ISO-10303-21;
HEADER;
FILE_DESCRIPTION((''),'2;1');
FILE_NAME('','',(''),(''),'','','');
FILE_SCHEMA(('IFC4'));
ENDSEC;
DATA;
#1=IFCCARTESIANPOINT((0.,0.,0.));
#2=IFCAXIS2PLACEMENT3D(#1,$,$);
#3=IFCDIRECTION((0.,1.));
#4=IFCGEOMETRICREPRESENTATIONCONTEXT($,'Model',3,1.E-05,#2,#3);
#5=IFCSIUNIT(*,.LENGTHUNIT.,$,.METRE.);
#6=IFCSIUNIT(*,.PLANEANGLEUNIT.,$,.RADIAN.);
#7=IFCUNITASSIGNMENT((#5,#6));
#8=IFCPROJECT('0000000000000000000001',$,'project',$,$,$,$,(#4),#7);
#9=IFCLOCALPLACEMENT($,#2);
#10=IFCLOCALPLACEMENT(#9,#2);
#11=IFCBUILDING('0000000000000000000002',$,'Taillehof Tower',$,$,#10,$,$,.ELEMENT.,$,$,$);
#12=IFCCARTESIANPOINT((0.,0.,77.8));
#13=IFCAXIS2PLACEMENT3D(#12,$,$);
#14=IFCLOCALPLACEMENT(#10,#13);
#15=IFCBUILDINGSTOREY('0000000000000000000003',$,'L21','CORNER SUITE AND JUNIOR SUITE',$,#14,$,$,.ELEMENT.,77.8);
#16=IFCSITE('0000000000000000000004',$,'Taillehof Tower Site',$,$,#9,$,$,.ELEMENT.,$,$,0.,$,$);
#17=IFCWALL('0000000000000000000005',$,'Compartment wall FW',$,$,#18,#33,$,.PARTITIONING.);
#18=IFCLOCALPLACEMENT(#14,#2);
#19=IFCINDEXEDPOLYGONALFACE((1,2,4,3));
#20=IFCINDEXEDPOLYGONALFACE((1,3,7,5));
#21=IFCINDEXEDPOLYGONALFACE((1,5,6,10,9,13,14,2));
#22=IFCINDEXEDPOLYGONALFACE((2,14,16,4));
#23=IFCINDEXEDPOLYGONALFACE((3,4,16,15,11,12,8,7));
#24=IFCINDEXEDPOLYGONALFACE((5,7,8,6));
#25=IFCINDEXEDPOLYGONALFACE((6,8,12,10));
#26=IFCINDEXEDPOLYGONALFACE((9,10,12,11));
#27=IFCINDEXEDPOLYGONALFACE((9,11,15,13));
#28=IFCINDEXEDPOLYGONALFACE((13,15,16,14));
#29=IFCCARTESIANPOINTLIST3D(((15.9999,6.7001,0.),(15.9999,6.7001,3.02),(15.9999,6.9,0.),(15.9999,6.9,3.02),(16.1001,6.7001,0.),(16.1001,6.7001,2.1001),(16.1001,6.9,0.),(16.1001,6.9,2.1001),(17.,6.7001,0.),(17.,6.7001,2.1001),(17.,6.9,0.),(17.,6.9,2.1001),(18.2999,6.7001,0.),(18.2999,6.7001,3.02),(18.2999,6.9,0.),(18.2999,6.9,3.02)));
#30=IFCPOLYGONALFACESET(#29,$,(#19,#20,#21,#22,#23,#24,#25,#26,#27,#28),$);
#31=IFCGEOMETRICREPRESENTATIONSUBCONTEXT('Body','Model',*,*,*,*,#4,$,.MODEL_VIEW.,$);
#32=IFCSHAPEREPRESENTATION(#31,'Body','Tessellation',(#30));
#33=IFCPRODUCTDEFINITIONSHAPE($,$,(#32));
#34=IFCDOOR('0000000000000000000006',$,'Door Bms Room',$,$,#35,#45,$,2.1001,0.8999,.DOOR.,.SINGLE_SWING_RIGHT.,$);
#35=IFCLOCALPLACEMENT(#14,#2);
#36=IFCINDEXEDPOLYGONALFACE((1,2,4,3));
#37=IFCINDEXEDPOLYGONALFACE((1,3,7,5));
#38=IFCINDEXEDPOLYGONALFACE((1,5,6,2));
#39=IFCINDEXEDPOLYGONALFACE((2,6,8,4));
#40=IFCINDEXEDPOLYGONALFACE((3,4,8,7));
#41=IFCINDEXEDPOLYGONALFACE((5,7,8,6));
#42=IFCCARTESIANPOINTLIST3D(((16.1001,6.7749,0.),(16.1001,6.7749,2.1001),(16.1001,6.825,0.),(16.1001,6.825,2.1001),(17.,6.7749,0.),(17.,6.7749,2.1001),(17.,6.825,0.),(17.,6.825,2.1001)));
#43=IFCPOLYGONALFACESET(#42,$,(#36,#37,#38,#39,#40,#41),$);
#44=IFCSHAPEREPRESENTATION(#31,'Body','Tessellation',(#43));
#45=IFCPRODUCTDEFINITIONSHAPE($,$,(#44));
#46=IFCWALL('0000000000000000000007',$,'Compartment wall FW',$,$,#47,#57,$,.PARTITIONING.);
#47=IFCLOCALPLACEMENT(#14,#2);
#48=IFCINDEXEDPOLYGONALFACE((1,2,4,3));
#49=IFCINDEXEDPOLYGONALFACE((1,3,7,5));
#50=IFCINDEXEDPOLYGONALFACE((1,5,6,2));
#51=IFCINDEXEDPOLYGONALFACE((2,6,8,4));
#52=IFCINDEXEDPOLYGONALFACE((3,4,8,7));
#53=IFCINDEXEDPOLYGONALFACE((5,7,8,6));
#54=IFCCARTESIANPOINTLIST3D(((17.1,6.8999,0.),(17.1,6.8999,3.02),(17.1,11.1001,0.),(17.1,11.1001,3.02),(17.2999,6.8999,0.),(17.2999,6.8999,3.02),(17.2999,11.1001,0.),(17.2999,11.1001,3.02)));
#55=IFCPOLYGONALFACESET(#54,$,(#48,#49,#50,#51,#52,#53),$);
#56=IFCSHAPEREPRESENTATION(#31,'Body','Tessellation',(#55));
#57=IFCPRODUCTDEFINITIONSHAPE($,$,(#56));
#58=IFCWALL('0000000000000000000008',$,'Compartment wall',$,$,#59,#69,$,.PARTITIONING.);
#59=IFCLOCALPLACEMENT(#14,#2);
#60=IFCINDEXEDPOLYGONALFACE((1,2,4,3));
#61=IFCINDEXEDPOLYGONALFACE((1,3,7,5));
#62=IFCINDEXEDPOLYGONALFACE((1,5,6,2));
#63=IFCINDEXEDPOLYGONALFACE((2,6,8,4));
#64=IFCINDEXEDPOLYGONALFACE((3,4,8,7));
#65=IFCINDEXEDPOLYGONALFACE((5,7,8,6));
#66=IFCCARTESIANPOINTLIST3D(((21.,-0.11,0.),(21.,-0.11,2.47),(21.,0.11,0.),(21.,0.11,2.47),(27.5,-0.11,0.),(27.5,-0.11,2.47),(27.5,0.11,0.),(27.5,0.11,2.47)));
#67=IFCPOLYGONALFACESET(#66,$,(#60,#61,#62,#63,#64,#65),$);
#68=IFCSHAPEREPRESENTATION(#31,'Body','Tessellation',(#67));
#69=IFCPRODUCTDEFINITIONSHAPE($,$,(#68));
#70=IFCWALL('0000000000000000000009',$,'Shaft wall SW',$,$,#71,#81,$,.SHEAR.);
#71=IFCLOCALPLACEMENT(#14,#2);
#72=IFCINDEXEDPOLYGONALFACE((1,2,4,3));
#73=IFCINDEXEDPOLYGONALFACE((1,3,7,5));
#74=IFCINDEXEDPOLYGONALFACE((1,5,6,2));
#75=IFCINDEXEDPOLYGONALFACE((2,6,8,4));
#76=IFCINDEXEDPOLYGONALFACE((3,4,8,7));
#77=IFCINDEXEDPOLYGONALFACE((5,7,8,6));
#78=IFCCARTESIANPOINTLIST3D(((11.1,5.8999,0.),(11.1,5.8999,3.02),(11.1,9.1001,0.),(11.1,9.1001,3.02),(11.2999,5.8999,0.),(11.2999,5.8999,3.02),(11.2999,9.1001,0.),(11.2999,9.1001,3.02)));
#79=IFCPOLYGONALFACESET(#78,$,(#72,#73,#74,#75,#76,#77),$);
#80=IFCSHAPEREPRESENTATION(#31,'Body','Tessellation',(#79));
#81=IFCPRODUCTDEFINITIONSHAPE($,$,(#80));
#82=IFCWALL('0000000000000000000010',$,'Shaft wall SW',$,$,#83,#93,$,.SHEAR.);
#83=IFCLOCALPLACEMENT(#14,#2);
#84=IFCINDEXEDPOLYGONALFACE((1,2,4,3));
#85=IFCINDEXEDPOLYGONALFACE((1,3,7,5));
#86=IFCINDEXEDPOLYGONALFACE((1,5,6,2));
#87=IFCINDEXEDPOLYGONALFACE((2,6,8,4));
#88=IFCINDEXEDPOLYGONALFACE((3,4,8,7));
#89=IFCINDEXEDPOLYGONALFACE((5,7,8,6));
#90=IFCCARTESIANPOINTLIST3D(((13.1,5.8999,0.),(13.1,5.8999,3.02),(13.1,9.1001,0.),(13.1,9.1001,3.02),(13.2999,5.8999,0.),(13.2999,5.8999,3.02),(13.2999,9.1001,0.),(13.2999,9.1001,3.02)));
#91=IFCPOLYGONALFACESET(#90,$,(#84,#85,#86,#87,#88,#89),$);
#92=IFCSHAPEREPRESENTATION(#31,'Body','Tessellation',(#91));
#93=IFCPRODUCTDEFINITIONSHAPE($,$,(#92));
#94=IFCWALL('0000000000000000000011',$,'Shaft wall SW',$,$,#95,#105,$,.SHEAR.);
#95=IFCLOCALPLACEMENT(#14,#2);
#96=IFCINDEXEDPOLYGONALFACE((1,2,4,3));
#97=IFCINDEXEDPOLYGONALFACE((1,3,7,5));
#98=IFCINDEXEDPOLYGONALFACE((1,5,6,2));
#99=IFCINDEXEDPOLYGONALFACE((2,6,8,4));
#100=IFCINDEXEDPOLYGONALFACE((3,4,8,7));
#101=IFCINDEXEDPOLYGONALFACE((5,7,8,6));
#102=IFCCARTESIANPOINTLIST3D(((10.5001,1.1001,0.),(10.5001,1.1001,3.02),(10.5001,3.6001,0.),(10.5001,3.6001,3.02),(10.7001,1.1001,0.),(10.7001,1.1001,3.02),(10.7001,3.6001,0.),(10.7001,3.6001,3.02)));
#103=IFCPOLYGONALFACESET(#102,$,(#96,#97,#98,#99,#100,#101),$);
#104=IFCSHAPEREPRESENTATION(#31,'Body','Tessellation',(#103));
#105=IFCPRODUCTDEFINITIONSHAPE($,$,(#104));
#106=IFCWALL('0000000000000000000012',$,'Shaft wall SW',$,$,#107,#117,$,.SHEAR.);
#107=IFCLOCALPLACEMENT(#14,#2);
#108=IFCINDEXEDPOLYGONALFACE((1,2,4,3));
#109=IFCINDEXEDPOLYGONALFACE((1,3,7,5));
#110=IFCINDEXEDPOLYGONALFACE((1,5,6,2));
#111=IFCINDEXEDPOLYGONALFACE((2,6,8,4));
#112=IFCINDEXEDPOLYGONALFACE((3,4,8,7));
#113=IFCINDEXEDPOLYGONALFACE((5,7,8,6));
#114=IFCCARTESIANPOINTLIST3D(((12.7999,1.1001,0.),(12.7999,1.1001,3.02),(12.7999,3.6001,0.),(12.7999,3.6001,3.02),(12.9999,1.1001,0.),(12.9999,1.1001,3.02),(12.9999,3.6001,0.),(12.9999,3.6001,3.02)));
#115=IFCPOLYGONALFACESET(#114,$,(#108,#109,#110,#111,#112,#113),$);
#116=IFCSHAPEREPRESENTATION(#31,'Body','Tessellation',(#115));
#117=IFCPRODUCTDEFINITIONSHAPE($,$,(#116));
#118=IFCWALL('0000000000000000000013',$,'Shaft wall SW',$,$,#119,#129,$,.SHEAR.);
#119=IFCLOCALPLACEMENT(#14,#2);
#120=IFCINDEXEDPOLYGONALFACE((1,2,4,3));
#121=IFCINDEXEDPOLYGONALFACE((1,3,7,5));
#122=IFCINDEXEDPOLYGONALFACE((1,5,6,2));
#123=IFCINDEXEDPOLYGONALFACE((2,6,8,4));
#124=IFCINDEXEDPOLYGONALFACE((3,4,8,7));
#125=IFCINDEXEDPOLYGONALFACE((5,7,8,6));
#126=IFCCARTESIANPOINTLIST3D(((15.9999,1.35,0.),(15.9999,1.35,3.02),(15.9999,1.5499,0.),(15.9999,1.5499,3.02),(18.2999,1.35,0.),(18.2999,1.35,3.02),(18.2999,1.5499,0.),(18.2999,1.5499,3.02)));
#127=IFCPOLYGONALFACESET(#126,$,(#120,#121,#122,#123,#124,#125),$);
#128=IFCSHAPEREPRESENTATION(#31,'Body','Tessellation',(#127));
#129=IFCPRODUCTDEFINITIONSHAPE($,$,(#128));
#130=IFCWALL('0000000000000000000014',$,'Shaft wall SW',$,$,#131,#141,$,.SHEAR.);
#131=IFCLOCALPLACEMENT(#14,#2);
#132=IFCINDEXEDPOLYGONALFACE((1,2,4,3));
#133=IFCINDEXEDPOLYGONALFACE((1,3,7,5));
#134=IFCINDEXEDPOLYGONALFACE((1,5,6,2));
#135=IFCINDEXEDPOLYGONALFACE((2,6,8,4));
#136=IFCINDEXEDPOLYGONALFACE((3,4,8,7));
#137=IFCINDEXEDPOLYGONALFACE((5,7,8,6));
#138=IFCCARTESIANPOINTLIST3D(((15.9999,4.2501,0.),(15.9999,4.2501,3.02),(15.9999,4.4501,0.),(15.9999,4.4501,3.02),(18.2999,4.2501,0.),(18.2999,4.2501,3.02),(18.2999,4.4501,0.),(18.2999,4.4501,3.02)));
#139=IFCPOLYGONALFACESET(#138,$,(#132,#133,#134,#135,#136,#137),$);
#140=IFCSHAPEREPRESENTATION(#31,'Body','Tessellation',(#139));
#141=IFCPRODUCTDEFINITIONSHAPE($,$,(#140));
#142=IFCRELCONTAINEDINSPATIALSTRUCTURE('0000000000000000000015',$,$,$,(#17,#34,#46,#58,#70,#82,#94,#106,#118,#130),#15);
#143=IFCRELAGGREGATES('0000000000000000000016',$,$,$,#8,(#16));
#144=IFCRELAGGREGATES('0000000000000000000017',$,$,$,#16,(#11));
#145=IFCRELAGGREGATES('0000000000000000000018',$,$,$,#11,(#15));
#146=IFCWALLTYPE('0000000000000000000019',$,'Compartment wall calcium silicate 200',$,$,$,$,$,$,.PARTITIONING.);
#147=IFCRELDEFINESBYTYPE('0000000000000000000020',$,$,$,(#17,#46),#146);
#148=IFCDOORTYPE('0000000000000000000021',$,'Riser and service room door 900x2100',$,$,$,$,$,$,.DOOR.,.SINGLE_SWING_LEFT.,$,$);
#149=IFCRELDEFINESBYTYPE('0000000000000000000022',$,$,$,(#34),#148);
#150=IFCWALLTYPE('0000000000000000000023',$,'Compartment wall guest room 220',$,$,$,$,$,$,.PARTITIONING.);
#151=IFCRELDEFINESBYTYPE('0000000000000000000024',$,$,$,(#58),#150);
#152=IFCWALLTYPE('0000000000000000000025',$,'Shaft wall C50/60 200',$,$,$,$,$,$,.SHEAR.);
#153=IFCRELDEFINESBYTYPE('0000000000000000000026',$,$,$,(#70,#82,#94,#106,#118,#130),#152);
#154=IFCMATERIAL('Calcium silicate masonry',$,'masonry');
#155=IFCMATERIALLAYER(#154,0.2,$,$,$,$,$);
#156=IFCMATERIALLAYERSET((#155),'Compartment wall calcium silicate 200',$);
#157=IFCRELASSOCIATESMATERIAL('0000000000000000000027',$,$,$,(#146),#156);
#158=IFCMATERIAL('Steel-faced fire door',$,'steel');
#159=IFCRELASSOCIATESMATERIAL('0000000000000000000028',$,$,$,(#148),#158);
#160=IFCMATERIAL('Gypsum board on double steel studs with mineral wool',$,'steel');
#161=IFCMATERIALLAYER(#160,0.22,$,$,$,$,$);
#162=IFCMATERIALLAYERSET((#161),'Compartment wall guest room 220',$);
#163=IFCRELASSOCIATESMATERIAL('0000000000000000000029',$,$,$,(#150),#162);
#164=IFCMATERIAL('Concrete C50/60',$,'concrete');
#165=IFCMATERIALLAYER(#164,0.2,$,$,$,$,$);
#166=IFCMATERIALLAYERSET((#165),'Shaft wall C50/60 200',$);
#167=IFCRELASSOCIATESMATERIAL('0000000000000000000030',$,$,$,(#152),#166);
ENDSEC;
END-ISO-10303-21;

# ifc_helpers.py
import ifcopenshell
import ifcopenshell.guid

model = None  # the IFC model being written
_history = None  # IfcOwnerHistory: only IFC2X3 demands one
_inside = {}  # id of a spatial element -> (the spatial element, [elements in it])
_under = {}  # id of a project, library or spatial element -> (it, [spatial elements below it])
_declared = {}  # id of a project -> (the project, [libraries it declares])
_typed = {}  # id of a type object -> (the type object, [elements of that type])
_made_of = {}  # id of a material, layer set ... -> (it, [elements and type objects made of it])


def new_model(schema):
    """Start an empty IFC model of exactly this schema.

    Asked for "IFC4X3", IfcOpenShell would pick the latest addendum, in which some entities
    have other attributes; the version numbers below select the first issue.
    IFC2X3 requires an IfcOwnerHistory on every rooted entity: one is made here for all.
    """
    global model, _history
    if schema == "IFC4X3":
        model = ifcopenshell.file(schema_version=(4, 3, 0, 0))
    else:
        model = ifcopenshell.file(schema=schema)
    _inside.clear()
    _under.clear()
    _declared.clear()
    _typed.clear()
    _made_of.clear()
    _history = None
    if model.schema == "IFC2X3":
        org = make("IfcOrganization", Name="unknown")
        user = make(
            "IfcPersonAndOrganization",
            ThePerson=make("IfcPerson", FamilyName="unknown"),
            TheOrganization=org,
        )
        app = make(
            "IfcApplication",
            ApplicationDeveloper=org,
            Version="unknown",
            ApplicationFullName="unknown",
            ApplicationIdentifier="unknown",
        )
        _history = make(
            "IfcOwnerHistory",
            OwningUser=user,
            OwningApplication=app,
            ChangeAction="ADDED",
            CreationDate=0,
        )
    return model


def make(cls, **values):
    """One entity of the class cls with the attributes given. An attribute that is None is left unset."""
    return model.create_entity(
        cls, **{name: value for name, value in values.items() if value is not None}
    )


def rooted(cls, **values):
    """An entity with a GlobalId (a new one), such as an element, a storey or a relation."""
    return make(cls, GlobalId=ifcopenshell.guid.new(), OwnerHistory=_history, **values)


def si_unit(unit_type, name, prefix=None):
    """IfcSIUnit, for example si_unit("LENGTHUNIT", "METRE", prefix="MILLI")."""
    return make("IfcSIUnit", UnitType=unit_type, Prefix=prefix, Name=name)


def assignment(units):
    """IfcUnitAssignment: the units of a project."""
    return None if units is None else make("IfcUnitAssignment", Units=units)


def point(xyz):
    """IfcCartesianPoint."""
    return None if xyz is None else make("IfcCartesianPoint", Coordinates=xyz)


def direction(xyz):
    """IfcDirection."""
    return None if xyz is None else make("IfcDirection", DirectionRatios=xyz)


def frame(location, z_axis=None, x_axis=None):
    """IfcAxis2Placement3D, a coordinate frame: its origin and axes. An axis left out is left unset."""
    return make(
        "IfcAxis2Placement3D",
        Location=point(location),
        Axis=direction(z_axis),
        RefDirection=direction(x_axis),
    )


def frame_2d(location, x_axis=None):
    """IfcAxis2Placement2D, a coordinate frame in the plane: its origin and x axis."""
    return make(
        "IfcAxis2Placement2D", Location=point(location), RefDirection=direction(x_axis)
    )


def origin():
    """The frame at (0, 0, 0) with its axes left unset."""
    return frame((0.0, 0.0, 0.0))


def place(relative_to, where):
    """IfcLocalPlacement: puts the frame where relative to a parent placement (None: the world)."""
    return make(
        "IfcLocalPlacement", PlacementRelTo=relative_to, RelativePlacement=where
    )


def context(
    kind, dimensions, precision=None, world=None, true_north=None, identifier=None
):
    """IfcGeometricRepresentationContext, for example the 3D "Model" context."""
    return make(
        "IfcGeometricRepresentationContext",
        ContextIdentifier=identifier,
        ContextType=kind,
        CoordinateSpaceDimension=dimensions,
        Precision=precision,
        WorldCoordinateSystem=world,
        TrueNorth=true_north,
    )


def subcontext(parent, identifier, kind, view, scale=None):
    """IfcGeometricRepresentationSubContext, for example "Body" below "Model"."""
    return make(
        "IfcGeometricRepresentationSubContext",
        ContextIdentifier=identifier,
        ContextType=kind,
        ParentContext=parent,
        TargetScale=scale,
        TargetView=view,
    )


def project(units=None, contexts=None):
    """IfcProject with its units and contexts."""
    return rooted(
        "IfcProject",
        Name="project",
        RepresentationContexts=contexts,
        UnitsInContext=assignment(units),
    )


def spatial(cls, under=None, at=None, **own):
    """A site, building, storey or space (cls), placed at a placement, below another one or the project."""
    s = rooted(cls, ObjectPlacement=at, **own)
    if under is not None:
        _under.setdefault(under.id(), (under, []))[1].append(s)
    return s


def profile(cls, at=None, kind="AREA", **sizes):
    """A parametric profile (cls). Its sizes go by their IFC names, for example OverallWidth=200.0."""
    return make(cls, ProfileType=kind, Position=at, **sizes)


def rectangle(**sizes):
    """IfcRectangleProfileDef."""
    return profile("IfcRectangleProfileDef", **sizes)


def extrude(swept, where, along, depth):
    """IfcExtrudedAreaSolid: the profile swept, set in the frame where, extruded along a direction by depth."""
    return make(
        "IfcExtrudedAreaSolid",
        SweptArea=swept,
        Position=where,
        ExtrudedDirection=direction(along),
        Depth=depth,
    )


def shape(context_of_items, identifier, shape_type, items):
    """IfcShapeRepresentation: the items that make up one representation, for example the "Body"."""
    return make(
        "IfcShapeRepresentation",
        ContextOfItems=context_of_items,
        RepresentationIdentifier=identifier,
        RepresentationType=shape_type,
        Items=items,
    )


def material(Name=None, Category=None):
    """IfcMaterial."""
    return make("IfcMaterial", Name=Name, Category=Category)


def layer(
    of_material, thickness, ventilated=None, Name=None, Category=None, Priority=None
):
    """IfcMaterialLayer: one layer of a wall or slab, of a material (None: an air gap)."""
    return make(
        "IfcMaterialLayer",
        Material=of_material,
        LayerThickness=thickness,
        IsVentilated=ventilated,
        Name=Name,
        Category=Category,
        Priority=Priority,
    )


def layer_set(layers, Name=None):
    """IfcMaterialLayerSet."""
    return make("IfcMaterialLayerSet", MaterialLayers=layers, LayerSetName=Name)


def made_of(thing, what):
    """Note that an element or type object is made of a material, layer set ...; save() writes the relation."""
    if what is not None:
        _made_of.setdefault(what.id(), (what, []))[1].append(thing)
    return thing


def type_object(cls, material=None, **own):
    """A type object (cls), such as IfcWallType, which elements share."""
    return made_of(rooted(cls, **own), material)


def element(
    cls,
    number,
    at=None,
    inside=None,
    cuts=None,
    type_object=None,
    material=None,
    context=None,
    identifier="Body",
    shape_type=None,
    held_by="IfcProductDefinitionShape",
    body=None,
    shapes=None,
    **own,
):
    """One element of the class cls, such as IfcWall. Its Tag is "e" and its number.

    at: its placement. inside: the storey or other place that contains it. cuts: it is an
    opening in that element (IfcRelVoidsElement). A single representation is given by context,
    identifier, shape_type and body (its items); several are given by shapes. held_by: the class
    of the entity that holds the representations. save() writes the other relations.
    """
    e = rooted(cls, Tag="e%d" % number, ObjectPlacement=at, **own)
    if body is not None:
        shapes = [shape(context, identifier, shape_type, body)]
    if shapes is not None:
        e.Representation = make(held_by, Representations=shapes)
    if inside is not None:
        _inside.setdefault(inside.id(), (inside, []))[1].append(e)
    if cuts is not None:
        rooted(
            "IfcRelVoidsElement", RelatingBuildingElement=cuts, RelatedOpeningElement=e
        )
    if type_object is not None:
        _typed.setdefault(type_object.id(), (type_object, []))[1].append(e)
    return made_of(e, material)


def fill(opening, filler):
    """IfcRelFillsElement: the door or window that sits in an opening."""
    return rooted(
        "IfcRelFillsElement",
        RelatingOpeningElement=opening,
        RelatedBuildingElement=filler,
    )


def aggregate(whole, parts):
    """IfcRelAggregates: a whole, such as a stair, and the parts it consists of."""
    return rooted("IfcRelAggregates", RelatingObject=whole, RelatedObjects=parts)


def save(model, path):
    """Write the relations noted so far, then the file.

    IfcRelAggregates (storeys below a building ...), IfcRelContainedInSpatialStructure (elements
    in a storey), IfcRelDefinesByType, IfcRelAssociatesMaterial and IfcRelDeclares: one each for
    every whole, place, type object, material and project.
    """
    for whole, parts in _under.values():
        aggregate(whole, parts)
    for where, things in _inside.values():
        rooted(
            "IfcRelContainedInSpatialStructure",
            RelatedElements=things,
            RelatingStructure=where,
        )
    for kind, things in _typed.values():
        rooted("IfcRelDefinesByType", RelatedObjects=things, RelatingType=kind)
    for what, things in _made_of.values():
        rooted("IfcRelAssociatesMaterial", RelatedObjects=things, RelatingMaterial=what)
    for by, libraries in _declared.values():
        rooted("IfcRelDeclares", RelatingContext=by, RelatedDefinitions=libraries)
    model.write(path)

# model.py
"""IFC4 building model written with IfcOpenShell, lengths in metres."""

from ifc_helpers import new_model, si_unit, direction, frame, frame_2d, origin, place, context, subcontext, project, spatial, rectangle, extrude, material, layer, layer_set, type_object, element, fill, save


model = new_model("IFC4")

# Units and contexts
model_context = context("Model", 3, precision=1e-05, world=origin(), true_north=direction((0.0, 1.0)))
body_context = subcontext(model_context, "Body", "Model", "MODEL_VIEW")
ifc_project = project(units=[si_unit("LENGTHUNIT", "METRE"), si_unit("PLANEANGLEUNIT", "RADIAN")], contexts=[model_context])

# Site, building, storey
site_placement = place(None, origin())
site = spatial("IfcSite", under=ifc_project, at=site_placement, Name="Taillehof Tower Site", CompositionType="ELEMENT", RefElevation=0.0)
building_placement = place(site_placement, origin())
building = spatial("IfcBuilding", under=site, at=building_placement, Name="Taillehof Tower", CompositionType="ELEMENT")
storey_placement = place(building_placement, frame((0.0, 0.0, 77.8)))
storey = spatial("IfcBuildingStorey", under=building, at=storey_placement, Name="L21", Description="CORNER SUITE AND JUNIOR SUITE", CompositionType="ELEMENT", Elevation=77.8)

# Wall, opening, door
ifc_material_1 = material(Name="Calcium silicate masonry", Category="masonry")
ifc_layer_1 = layer(ifc_material_1, 0.2)
ifc_layer_set_1 = layer_set([ifc_layer_1], Name="Compartment wall calcium silicate 200")
wall_type_1 = type_object("IfcWallType", Name="Compartment wall calcium silicate 200", PredefinedType="PARTITIONING", material=ifc_layer_set_1)
wall_1_placement = place(storey_placement, frame((16.0, 6.8, 0.0), z_axis=(0.0, 0.0, 1.0), x_axis=(1.0, 0.0, 0.0)))
wall_1 = element("IfcWall", 1, at=wall_1_placement, inside=storey, type_object=wall_type_1, Name="Compartment wall FW", PredefinedType="PARTITIONING", context=body_context, shape_type="SweptSolid", body=[
    extrude(rectangle(XDim=2.3, YDim=0.2, at=frame_2d((1.1499, 0.0))), origin(), (0.0, 0.0, 1.0), 3.02),
])
opening_1_placement = place(wall_1_placement, frame((0.1001, 0.0, 0.0)))
opening_1 = element("IfcOpeningElement", 2, at=opening_1_placement, cuts=wall_1, PredefinedType="OPENING", context=body_context, shape_type="SweptSolid", body=[
    extrude(rectangle(XDim=0.8999, YDim=2.1001, at=frame_2d((0.45, 1.05))), frame((0.0, 0.1099, 0.0), z_axis=(0.0, -1.0, 0.0), x_axis=(1.0, 0.0, 0.0)), (0.0, 0.0, 1.0), 0.22),
])
ifc_material_2 = material(Name="Steel-faced fire door", Category="steel")
door_type = type_object("IfcDoorType", Name="Riser and service room door 900x2100", OperationType="SINGLE_SWING_LEFT", PredefinedType="DOOR", material=ifc_material_2)
door_placement = place(opening_1_placement, origin())
door = element("IfcDoor", 3, at=door_placement, inside=storey, type_object=door_type, Name="Door Bms Room", OperationType="SINGLE_SWING_RIGHT", OverallHeight=2.1001, OverallWidth=0.8999, PredefinedType="DOOR", context=body_context, shape_type="SweptSolid", body=[
    extrude(rectangle(XDim=0.8999, YDim=2.1001, at=frame_2d((0.45, 1.05))), frame((0.0, 0.0249, 0.0), z_axis=(0.0, -1.0, 0.0), x_axis=(1.0, 0.0, 0.0)), (0.0, 0.0, 1.0), 0.05),
])
fill(opening_1, door)

# Walls
wall_2_placement = place(storey_placement, frame((17.2, 6.8999, 0.0), z_axis=(0.0, 0.0, 1.0), x_axis=(0.0, 1.0, 0.0)))
element("IfcWall", 4, at=wall_2_placement, inside=storey, type_object=wall_type_1, Name="Compartment wall FW", PredefinedType="PARTITIONING", context=body_context, shape_type="SweptSolid", body=[
    extrude(rectangle(XDim=4.2002, YDim=0.2, at=frame_2d((2.1001, 0.0))), origin(), (0.0, 0.0, 1.0), 3.02),
])
ifc_material_3 = material(Name="Gypsum board on double steel studs with mineral wool", Category="steel")
ifc_layer_2 = layer(ifc_material_3, 0.22)
ifc_layer_set_2 = layer_set([ifc_layer_2], Name="Compartment wall guest room 220")
wall_type_2 = type_object("IfcWallType", Name="Compartment wall guest room 220", PredefinedType="PARTITIONING", material=ifc_layer_set_2)
wall_3_placement = place(storey_placement, frame((27.5, 0.0, 0.0), z_axis=(0.0, 0.0, 1.0), x_axis=(-1.0, 0.0, 0.0)))
element("IfcWall", 5, at=wall_3_placement, inside=storey, type_object=wall_type_2, Name="Compartment wall", PredefinedType="PARTITIONING", context=body_context, shape_type="SweptSolid", body=[
    extrude(rectangle(XDim=6.5, YDim=0.22, at=frame_2d((3.25, 0.0))), origin(), (0.0, 0.0, 1.0), 2.47),
])
ifc_material_4 = material(Name="Concrete C50/60", Category="concrete")
ifc_layer_3 = layer(ifc_material_4, 0.2)
ifc_layer_set_3 = layer_set([ifc_layer_3], Name="Shaft wall C50/60 200")
wall_type_3 = type_object("IfcWallType", Name="Shaft wall C50/60 200", PredefinedType="SHEAR", material=ifc_layer_set_3)
for number, where, z_axis, x_axis, name in (
    (6, (11.2, 5.8999, 0.0), (0.0, 0.0, 1.0), (0.0, 1.0, 0.0), "Shaft wall SW"),
    (7, (13.2, 5.8999, 0.0), (0.0, 0.0, 1.0), (0.0, 1.0, 0.0), "Shaft wall SW"),
):
    element("IfcWall", number, at=place(storey_placement, frame(where, z_axis=z_axis, x_axis=x_axis)), inside=storey, type_object=wall_type_3, Name=name, PredefinedType="SHEAR", context=body_context, shape_type="SweptSolid", body=[
        extrude(rectangle(XDim=3.2002, YDim=0.2, at=frame_2d((1.6001, 0.0))), origin(), (0.0, 0.0, 1.0), 3.02),
    ])
for number, where, z_axis, x_axis, name in (
    (8, (10.6001, 1.1001, 0.0), (0.0, 0.0, 1.0), (0.0, 1.0, 0.0), "Shaft wall SW"),
    (9, (12.8999, 1.1001, 0.0), (0.0, 0.0, 1.0), (0.0, 1.0, 0.0), "Shaft wall SW"),
):
    element("IfcWall", number, at=place(storey_placement, frame(where, z_axis=z_axis, x_axis=x_axis)), inside=storey, type_object=wall_type_3, Name=name, PredefinedType="SHEAR", context=body_context, shape_type="SweptSolid", body=[
        extrude(rectangle(XDim=2.5, YDim=0.2, at=frame_2d((1.25, 0.0))), origin(), (0.0, 0.0, 1.0), 3.02),
    ])
for number, where, z_axis, x_axis, name in (
    (10, (16.0, 1.45, 0.0), (0.0, 0.0, 1.0), (1.0, 0.0, 0.0), "Shaft wall SW"),
    (11, (16.0, 4.3501, 0.0), (0.0, 0.0, 1.0), (1.0, 0.0, 0.0), "Shaft wall SW"),
):
    element("IfcWall", number, at=place(storey_placement, frame(where, z_axis=z_axis, x_axis=x_axis)), inside=storey, type_object=wall_type_3, Name=name, PredefinedType="SHEAR", context=body_context, shape_type="SweptSolid", body=[
        extrude(rectangle(XDim=2.3, YDim=0.2, at=frame_2d((1.1499, 0.0))), origin(), (0.0, 0.0, 1.0), 3.02),
    ])

save(model, "model.ifc")
